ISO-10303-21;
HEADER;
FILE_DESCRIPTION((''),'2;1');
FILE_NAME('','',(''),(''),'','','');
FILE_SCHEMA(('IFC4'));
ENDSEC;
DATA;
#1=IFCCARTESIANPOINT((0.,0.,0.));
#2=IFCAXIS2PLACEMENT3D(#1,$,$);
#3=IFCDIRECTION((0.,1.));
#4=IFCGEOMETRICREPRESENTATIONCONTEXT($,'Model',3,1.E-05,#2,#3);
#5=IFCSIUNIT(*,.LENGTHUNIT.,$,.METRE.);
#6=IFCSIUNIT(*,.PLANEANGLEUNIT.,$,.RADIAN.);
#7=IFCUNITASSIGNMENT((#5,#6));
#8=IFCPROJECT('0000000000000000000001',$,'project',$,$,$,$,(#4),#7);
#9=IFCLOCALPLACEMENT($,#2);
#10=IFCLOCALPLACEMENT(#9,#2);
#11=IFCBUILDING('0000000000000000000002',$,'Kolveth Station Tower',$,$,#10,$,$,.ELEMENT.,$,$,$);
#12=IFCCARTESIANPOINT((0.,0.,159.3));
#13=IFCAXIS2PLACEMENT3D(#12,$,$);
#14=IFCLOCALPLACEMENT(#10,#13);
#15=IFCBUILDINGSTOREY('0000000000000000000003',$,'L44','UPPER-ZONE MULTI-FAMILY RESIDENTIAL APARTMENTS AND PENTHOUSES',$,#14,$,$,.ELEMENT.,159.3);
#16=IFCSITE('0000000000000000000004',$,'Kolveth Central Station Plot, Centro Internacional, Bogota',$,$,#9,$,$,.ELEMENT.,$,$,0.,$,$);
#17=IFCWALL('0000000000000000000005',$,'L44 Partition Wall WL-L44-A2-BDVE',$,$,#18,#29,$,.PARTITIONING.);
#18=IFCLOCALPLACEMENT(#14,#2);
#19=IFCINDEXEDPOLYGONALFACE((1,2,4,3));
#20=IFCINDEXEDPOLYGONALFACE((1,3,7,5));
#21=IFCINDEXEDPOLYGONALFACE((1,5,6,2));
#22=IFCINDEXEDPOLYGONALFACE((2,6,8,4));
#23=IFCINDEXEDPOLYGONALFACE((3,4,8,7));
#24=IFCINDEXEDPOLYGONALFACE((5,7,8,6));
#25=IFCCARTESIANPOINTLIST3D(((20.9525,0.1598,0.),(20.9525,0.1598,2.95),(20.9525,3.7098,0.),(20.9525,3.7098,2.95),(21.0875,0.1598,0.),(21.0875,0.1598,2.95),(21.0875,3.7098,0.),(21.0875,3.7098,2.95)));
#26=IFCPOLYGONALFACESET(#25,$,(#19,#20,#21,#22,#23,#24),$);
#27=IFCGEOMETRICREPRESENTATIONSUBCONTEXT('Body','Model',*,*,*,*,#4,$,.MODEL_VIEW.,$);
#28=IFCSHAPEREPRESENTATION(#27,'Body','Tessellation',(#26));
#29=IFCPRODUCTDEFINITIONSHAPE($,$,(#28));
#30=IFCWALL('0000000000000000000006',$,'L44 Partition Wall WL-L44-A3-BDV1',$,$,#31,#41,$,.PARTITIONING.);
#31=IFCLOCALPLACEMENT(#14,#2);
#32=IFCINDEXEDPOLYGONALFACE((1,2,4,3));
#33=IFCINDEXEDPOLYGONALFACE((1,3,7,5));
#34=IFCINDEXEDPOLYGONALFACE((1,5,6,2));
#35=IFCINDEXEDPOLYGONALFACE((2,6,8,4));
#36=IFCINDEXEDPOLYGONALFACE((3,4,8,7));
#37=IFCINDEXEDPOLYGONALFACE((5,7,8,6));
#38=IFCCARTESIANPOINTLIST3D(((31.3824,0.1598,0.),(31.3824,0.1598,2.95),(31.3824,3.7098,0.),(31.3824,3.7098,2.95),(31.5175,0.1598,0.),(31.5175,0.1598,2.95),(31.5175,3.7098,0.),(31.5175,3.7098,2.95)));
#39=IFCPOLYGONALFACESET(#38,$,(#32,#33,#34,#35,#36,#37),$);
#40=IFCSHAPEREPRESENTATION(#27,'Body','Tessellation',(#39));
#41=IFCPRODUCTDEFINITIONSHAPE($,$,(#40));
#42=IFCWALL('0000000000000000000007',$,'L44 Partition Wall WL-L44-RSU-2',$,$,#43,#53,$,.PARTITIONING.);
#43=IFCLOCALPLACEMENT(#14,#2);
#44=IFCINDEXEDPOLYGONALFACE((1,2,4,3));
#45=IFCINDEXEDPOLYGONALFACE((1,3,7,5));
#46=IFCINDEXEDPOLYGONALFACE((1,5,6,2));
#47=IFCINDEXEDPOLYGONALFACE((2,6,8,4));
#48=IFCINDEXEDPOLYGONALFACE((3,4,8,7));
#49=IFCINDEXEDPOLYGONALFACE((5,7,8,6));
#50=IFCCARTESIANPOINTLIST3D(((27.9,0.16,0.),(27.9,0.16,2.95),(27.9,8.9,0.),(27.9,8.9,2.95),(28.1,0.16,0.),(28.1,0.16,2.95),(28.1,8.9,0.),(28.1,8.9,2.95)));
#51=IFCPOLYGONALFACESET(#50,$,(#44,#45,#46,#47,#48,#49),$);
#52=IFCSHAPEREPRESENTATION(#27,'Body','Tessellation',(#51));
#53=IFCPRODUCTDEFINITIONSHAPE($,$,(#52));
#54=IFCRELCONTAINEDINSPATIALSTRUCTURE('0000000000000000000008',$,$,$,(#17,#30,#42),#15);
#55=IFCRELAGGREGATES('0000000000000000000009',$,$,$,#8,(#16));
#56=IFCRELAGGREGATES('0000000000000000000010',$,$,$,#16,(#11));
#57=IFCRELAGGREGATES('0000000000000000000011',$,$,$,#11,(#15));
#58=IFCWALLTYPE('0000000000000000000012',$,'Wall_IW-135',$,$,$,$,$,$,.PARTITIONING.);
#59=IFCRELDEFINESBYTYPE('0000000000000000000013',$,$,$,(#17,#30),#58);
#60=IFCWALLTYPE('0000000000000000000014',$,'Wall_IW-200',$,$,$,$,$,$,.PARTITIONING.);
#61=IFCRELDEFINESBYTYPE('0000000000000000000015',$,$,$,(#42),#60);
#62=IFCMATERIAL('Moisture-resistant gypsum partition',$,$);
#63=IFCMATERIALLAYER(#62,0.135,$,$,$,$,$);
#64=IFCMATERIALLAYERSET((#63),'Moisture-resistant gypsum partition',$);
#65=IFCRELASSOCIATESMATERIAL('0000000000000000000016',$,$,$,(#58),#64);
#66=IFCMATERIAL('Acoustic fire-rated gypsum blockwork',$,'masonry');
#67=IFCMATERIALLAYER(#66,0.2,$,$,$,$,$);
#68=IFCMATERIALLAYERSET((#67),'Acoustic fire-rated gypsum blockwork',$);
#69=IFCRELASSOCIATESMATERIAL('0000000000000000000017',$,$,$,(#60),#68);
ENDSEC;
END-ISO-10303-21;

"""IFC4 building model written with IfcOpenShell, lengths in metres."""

from ifc_helpers import new_model, si_unit, direction, frame, frame_2d, origin, place, context, subcontext, project, spatial, rectangle, extrude, material, layer, layer_set, type_object, element, save


model = new_model("IFC4")

# Units and contexts
model_context = context("Model", 3, precision=1e-05, world=origin(), true_north=direction((0.0, 1.0)))
body_context = subcontext(model_context, "Body", "Model", "MODEL_VIEW")
ifc_project = project(units=[si_unit("LENGTHUNIT", "METRE"), si_unit("PLANEANGLEUNIT", "RADIAN")], contexts=[model_context])

# Site, building, storey
site_placement = place(None, origin())
site = spatial("IfcSite", under=ifc_project, at=site_placement, Name="Kolveth Central Station Plot, Centro Internacional, Bogota", CompositionType="ELEMENT", RefElevation=0.0)
building_placement = place(site_placement, origin())
building = spatial("IfcBuilding", under=site, at=building_placement, Name="Kolveth Station Tower", CompositionType="ELEMENT")
storey_placement = place(building_placement, frame((0.0, 0.0, 159.3)))
storey = spatial("IfcBuildingStorey", under=building, at=storey_placement, Name="L44", Description="UPPER-ZONE MULTI-FAMILY RESIDENTIAL APARTMENTS AND PENTHOUSES", CompositionType="ELEMENT", Elevation=159.3)

# Shared definitions
ifc_material_1 = material(Name="Moisture-resistant gypsum partition")
ifc_layer_1 = layer(ifc_material_1, 0.135)
ifc_layer_set_1 = layer_set([ifc_layer_1], Name="Moisture-resistant gypsum partition")
wall_type_1 = type_object("IfcWallType", Name="Wall_IW-135", PredefinedType="PARTITIONING", material=ifc_layer_set_1)

# Wall
wall_1_placement = place(storey_placement, frame((21.02, 0.1599, 0.0), z_axis=(0.0, 0.0, 1.0), x_axis=(0.0, 1.0, 0.0)))
element("IfcWall", 1, at=wall_1_placement, inside=storey, type_object=wall_type_1, Name="L44 Partition Wall WL-L44-A2-BDVE", PredefinedType="PARTITIONING", context=body_context, shape_type="SweptSolid", body=[
    extrude(rectangle(XDim=3.55, YDim=0.135, at=frame_2d((1.7749, 0.0))), origin(), (0.0, 0.0, 1.0), 2.95),
])

# Walls
wall_2_placement = place(storey_placement, frame((31.45, 0.1599, 0.0), z_axis=(0.0, 0.0, 1.0), x_axis=(0.0, 1.0, 0.0)))
element("IfcWall", 2, at=wall_2_placement, inside=storey, type_object=wall_type_1, Name="L44 Partition Wall WL-L44-A3-BDV1", PredefinedType="PARTITIONING", context=body_context, shape_type="SweptSolid", body=[
    extrude(rectangle(XDim=3.55, YDim=0.135, at=frame_2d((1.7749, 0.0))), origin(), (0.0, 0.0, 1.0), 2.95),
])
ifc_material_2 = material(Name="Acoustic fire-rated gypsum blockwork", Category="masonry")
ifc_layer_2 = layer(ifc_material_2, 0.2)
ifc_layer_set_2 = layer_set([ifc_layer_2], Name="Acoustic fire-rated gypsum blockwork")
wall_type_2 = type_object("IfcWallType", Name="Wall_IW-200", PredefinedType="PARTITIONING", material=ifc_layer_set_2)
wall_3_placement = place(storey_placement, frame((28.0, 0.1599, 0.0), z_axis=(0.0, 0.0, 1.0), x_axis=(0.0, 1.0, 0.0)))
element("IfcWall", 3, at=wall_3_placement, inside=storey, type_object=wall_type_2, Name="L44 Partition Wall WL-L44-RSU-2", PredefinedType="PARTITIONING", context=body_context, shape_type="SweptSolid", body=[
    extrude(rectangle(XDim=8.74, YDim=0.2, at=frame_2d((4.3701, 0.0))), origin(), (0.0, 0.0, 1.0), 2.95),
])

save(model, "model.ifc")
